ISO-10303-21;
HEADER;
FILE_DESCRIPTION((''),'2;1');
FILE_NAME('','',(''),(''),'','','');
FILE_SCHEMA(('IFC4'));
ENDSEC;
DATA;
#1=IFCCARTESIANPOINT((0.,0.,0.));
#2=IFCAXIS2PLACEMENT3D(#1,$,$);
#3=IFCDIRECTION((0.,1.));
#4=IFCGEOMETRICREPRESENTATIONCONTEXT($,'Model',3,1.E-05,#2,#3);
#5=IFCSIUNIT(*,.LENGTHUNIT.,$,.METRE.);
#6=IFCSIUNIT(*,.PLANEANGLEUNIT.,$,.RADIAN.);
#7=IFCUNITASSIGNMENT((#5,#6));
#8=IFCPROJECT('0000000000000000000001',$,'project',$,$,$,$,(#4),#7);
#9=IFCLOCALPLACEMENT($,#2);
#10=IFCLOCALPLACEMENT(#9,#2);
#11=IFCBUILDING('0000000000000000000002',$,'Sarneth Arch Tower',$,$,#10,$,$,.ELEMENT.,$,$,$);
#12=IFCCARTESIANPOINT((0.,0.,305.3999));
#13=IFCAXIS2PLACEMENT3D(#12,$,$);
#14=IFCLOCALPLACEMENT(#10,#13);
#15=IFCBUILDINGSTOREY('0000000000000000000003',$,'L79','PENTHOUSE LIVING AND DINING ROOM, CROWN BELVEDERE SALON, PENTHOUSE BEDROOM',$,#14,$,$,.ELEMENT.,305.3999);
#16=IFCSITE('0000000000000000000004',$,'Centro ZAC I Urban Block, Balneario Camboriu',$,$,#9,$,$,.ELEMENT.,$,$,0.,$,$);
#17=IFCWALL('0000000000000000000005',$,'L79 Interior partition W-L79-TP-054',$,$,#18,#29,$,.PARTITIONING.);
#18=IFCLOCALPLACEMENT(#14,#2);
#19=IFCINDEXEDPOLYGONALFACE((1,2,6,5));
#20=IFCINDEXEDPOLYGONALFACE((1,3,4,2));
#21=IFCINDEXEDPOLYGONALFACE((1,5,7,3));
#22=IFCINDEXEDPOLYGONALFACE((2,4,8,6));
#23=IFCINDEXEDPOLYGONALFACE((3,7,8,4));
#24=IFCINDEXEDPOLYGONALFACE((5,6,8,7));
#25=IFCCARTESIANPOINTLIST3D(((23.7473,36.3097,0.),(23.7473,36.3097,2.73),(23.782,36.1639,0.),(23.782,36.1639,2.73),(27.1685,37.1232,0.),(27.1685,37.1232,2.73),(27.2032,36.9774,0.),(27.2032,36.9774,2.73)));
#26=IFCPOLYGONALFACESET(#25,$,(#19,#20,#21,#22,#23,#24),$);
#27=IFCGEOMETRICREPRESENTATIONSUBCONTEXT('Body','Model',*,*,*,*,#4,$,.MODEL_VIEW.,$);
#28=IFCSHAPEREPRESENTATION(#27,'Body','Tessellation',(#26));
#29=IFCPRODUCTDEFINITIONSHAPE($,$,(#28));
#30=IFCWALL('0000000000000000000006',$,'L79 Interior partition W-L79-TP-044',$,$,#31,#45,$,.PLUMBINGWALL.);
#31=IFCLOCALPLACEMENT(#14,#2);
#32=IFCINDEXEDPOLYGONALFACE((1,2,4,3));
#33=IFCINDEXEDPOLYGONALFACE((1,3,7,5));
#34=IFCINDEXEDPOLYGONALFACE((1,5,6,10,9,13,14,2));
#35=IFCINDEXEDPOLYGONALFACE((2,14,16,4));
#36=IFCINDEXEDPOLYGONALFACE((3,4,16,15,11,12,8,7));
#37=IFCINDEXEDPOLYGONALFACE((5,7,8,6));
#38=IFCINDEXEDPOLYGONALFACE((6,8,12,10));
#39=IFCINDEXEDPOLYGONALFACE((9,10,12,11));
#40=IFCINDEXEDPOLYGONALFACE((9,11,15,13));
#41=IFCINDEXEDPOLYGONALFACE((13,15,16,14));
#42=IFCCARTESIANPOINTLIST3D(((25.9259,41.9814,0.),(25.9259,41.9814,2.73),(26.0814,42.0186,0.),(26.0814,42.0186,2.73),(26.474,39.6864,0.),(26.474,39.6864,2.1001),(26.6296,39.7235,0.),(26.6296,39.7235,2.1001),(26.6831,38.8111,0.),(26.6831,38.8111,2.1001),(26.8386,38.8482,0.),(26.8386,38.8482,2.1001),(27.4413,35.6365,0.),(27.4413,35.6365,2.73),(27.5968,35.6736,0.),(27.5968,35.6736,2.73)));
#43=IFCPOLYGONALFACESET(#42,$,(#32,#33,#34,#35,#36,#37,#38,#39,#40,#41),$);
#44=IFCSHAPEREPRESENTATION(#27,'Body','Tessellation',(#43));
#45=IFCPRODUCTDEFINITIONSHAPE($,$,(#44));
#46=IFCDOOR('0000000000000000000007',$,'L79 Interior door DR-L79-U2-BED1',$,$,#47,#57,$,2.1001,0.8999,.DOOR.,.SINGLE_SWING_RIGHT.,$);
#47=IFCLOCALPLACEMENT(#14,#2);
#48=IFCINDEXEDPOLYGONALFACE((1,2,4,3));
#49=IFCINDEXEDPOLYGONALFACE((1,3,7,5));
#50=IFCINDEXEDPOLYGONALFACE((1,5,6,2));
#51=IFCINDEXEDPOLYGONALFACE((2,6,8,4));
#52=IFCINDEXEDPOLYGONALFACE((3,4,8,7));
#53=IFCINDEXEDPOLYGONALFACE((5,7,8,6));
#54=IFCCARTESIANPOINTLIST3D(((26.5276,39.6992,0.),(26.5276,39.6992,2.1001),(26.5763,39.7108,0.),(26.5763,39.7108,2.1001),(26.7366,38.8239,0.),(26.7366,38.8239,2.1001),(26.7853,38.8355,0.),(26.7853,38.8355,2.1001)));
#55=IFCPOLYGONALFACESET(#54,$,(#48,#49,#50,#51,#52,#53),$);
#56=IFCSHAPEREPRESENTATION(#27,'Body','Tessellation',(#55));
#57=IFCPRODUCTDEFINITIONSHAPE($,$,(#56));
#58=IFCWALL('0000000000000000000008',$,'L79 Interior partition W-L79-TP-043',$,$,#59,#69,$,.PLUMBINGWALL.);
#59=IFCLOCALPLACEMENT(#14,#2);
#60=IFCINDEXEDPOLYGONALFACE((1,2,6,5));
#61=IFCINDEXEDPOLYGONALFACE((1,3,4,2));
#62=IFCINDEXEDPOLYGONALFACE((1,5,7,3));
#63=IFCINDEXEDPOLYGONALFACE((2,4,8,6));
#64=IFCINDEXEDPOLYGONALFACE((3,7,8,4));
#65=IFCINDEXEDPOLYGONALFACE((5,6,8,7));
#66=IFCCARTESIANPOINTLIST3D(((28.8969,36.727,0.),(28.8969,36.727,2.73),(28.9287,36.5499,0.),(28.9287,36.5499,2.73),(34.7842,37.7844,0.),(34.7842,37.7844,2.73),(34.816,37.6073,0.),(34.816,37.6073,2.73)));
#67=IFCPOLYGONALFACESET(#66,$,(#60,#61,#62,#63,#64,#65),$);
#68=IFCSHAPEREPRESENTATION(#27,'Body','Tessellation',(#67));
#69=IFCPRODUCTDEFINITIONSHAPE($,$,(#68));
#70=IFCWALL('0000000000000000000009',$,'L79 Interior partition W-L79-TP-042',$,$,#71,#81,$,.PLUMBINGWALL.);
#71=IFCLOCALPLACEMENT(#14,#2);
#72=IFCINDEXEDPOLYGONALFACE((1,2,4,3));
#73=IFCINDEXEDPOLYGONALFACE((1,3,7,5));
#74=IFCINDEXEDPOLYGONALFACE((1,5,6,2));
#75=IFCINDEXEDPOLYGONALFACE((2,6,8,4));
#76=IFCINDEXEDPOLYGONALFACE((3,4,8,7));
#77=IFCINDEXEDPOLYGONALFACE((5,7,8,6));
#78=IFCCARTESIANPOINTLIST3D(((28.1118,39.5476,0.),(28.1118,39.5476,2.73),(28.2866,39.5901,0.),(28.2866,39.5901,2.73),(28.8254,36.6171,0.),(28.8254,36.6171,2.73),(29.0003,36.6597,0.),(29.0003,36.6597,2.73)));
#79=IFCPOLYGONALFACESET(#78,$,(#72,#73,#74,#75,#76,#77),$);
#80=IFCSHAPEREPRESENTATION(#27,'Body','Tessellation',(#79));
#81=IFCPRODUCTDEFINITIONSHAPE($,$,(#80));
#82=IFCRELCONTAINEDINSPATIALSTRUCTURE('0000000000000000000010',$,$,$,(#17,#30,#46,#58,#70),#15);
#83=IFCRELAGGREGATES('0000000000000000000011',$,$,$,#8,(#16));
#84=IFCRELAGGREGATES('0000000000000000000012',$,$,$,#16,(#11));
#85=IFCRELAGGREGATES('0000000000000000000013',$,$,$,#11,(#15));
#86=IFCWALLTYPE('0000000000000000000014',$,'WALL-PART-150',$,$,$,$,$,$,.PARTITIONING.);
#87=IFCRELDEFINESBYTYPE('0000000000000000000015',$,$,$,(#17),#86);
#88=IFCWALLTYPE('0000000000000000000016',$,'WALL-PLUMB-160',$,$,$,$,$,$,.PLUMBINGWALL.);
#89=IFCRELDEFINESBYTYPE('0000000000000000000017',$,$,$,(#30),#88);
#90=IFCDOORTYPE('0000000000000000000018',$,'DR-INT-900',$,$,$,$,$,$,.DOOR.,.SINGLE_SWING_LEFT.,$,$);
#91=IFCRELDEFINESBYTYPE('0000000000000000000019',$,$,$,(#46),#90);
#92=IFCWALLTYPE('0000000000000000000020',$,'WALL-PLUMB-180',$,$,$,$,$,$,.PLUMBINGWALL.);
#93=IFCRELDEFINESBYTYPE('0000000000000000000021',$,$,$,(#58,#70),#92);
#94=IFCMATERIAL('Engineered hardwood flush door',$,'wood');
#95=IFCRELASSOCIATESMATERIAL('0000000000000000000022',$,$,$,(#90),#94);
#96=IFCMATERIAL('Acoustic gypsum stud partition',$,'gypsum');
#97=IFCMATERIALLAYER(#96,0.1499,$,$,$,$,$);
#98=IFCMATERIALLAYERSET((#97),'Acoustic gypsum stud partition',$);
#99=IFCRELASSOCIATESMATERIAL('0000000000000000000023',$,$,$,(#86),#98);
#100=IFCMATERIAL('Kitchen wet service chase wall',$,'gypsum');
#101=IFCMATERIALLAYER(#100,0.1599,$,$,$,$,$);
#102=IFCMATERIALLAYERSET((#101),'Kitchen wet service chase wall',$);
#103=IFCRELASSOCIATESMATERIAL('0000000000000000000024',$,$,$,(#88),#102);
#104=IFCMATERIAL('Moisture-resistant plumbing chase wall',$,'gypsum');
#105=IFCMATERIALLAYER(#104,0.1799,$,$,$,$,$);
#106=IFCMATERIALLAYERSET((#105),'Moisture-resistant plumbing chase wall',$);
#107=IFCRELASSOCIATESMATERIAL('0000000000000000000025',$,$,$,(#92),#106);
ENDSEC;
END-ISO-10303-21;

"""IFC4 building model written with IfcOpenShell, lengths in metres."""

from ifc_helpers import new_model, si_unit, direction, frame, frame_2d, origin, place, context, subcontext, project, spatial, rectangle, extrude, material, layer, layer_set, type_object, element, fill, save


model = new_model("IFC4")

# Units and contexts
model_context = context("Model", 3, precision=1e-05, world=origin(), true_north=direction((0.0, 1.0)))
body_context = subcontext(model_context, "Body", "Model", "MODEL_VIEW")
ifc_project = project(units=[si_unit("LENGTHUNIT", "METRE"), si_unit("PLANEANGLEUNIT", "RADIAN")], contexts=[model_context])

# Site, building, storey
site_placement = place(None, origin())
site = spatial("IfcSite", under=ifc_project, at=site_placement, Name="Centro ZAC I Urban Block, Balneario Camboriu", CompositionType="ELEMENT", RefElevation=0.0)
building_placement = place(site_placement, origin())
building = spatial("IfcBuilding", under=site, at=building_placement, Name="Sarneth Arch Tower", CompositionType="ELEMENT")
storey_placement = place(building_placement, frame((0.0, 0.0, 305.3999)))
storey = spatial("IfcBuildingStorey", under=building, at=storey_placement, Name="L79", Description="PENTHOUSE LIVING AND DINING ROOM, CROWN BELVEDERE SALON, PENTHOUSE BEDROOM", CompositionType="ELEMENT", Elevation=305.3999)

# Shared definitions
ifc_material_1 = material(Name="Engineered hardwood flush door", Category="wood")
door_type = type_object("IfcDoorType", Name="DR-INT-900", OperationType="SINGLE_SWING_LEFT", PredefinedType="DOOR", material=ifc_material_1)

# Wall
ifc_material_2 = material(Name="Acoustic gypsum stud partition", Category="gypsum")
ifc_layer_1 = layer(ifc_material_2, 0.1499)
ifc_layer_set_1 = layer_set([ifc_layer_1], Name="Acoustic gypsum stud partition")
wall_type_1 = type_object("IfcWallType", Name="WALL-PART-150", PredefinedType="PARTITIONING", material=ifc_layer_set_1)
wall_1_placement = place(storey_placement, frame((23.7646, 36.2368, 0.0), z_axis=(0.0, 0.0, 1.0), x_axis=(0.972875, 0.23133, 0.0)))
element("IfcWall", 1, at=wall_1_placement, inside=storey, type_object=wall_type_1, Name="L79 Interior partition W-L79-TP-054", PredefinedType="PARTITIONING", context=body_context, shape_type="SweptSolid", body=[
    extrude(rectangle(XDim=3.5166, YDim=0.1499, at=frame_2d((1.7583, 0.0))), origin(), (0.0, 0.0, 1.0), 2.73),
])

# Wall, opening, door
ifc_material_3 = material(Name="Kitchen wet service chase wall", Category="gypsum")
ifc_layer_2 = layer(ifc_material_3, 0.1599)
ifc_layer_set_2 = layer_set([ifc_layer_2], Name="Kitchen wet service chase wall")
wall_type_2 = type_object("IfcWallType", Name="WALL-PLUMB-160", PredefinedType="PLUMBINGWALL", material=ifc_layer_set_2)
wall_2_placement = place(storey_placement, frame((27.519, 35.655, 0.0), z_axis=(0.0, 0.0, 1.0), x_axis=(-0.232298, 0.972645, 0.0)))
wall_2 = element("IfcWall", 2, at=wall_2_placement, inside=storey, type_object=wall_type_2, Name="L79 Interior partition W-L79-TP-044", PredefinedType="PLUMBINGWALL", context=body_context, shape_type="SweptSolid", body=[
    extrude(rectangle(XDim=6.5234, YDim=0.1599, at=frame_2d((3.2617, 0.0))), origin(), (0.0, 0.0, 1.0), 2.73),
])
opening_1_placement = place(wall_2_placement, frame((3.2639, 0.0, 0.0)))
opening_1 = element("IfcOpeningElement", 3, at=opening_1_placement, cuts=wall_2, PredefinedType="OPENING", context=body_context, shape_type="SweptSolid", body=[
    extrude(rectangle(XDim=0.8999, YDim=2.1001, at=frame_2d((0.45, 1.05))), frame((0.0, 0.0898, 0.0), z_axis=(0.0, -1.0, 0.0), x_axis=(1.0, 0.0, 0.0)), (0.0, 0.0, 1.0), 0.1799),
])
door_1_placement = place(opening_1_placement, origin())
door_1 = element("IfcDoor", 4, at=door_1_placement, inside=storey, type_object=door_type, Name="L79 Interior door DR-L79-U2-BED1", OperationType="SINGLE_SWING_RIGHT", OverallHeight=2.1001, OverallWidth=0.8999, PredefinedType="DOOR", context=body_context, shape_type="SweptSolid", body=[
    extrude(rectangle(XDim=0.8999, YDim=2.1001, at=frame_2d((0.45, 1.05))), frame((0.0, 0.0249, 0.0), z_axis=(0.0, -1.0, 0.0), x_axis=(1.0, 0.0, 0.0)), (0.0, 0.0, 1.0), 0.05),
])
fill(opening_1, door_1)

# Walls
ifc_material_4 = material(Name="Moisture-resistant plumbing chase wall", Category="gypsum")
ifc_layer_3 = layer(ifc_material_4, 0.1799)
ifc_layer_set_3 = layer_set([ifc_layer_3], Name="Moisture-resistant plumbing chase wall")
wall_type_3 = type_object("IfcWallType", Name="WALL-PLUMB-180", PredefinedType="PLUMBINGWALL", material=ifc_layer_set_3)
wall_3_placement = place(storey_placement, frame((28.9128, 36.6384, 0.0), z_axis=(0.0, 0.0, 1.0), x_axis=(0.984251, 0.176777, 0.0)))
element("IfcWall", 5, at=wall_3_placement, inside=storey, type_object=wall_type_3, Name="L79 Interior partition W-L79-TP-043", PredefinedType="PLUMBINGWALL", context=body_context, shape_type="SweptSolid", body=[
    extrude(rectangle(XDim=5.9814, YDim=0.1799, at=frame_2d((2.9907, 0.0))), origin(), (0.0, 0.0, 1.0), 2.73),
])
wall_4_placement = place(storey_placement, frame((28.1992, 39.5688, 0.0), z_axis=(0.0, 0.0, 1.0), x_axis=(0.236608, -0.971605, 0.0)))
element("IfcWall", 6, at=wall_4_placement, inside=storey, type_object=wall_type_3, Name="L79 Interior partition W-L79-TP-042", PredefinedType="PLUMBINGWALL", context=body_context, shape_type="SweptSolid", body=[
    extrude(rectangle(XDim=3.0161, YDim=0.1799, at=frame_2d((1.5081, 0.0))), origin(), (0.0, 0.0, 1.0), 2.73),
])

save(model, "model.ifc")
